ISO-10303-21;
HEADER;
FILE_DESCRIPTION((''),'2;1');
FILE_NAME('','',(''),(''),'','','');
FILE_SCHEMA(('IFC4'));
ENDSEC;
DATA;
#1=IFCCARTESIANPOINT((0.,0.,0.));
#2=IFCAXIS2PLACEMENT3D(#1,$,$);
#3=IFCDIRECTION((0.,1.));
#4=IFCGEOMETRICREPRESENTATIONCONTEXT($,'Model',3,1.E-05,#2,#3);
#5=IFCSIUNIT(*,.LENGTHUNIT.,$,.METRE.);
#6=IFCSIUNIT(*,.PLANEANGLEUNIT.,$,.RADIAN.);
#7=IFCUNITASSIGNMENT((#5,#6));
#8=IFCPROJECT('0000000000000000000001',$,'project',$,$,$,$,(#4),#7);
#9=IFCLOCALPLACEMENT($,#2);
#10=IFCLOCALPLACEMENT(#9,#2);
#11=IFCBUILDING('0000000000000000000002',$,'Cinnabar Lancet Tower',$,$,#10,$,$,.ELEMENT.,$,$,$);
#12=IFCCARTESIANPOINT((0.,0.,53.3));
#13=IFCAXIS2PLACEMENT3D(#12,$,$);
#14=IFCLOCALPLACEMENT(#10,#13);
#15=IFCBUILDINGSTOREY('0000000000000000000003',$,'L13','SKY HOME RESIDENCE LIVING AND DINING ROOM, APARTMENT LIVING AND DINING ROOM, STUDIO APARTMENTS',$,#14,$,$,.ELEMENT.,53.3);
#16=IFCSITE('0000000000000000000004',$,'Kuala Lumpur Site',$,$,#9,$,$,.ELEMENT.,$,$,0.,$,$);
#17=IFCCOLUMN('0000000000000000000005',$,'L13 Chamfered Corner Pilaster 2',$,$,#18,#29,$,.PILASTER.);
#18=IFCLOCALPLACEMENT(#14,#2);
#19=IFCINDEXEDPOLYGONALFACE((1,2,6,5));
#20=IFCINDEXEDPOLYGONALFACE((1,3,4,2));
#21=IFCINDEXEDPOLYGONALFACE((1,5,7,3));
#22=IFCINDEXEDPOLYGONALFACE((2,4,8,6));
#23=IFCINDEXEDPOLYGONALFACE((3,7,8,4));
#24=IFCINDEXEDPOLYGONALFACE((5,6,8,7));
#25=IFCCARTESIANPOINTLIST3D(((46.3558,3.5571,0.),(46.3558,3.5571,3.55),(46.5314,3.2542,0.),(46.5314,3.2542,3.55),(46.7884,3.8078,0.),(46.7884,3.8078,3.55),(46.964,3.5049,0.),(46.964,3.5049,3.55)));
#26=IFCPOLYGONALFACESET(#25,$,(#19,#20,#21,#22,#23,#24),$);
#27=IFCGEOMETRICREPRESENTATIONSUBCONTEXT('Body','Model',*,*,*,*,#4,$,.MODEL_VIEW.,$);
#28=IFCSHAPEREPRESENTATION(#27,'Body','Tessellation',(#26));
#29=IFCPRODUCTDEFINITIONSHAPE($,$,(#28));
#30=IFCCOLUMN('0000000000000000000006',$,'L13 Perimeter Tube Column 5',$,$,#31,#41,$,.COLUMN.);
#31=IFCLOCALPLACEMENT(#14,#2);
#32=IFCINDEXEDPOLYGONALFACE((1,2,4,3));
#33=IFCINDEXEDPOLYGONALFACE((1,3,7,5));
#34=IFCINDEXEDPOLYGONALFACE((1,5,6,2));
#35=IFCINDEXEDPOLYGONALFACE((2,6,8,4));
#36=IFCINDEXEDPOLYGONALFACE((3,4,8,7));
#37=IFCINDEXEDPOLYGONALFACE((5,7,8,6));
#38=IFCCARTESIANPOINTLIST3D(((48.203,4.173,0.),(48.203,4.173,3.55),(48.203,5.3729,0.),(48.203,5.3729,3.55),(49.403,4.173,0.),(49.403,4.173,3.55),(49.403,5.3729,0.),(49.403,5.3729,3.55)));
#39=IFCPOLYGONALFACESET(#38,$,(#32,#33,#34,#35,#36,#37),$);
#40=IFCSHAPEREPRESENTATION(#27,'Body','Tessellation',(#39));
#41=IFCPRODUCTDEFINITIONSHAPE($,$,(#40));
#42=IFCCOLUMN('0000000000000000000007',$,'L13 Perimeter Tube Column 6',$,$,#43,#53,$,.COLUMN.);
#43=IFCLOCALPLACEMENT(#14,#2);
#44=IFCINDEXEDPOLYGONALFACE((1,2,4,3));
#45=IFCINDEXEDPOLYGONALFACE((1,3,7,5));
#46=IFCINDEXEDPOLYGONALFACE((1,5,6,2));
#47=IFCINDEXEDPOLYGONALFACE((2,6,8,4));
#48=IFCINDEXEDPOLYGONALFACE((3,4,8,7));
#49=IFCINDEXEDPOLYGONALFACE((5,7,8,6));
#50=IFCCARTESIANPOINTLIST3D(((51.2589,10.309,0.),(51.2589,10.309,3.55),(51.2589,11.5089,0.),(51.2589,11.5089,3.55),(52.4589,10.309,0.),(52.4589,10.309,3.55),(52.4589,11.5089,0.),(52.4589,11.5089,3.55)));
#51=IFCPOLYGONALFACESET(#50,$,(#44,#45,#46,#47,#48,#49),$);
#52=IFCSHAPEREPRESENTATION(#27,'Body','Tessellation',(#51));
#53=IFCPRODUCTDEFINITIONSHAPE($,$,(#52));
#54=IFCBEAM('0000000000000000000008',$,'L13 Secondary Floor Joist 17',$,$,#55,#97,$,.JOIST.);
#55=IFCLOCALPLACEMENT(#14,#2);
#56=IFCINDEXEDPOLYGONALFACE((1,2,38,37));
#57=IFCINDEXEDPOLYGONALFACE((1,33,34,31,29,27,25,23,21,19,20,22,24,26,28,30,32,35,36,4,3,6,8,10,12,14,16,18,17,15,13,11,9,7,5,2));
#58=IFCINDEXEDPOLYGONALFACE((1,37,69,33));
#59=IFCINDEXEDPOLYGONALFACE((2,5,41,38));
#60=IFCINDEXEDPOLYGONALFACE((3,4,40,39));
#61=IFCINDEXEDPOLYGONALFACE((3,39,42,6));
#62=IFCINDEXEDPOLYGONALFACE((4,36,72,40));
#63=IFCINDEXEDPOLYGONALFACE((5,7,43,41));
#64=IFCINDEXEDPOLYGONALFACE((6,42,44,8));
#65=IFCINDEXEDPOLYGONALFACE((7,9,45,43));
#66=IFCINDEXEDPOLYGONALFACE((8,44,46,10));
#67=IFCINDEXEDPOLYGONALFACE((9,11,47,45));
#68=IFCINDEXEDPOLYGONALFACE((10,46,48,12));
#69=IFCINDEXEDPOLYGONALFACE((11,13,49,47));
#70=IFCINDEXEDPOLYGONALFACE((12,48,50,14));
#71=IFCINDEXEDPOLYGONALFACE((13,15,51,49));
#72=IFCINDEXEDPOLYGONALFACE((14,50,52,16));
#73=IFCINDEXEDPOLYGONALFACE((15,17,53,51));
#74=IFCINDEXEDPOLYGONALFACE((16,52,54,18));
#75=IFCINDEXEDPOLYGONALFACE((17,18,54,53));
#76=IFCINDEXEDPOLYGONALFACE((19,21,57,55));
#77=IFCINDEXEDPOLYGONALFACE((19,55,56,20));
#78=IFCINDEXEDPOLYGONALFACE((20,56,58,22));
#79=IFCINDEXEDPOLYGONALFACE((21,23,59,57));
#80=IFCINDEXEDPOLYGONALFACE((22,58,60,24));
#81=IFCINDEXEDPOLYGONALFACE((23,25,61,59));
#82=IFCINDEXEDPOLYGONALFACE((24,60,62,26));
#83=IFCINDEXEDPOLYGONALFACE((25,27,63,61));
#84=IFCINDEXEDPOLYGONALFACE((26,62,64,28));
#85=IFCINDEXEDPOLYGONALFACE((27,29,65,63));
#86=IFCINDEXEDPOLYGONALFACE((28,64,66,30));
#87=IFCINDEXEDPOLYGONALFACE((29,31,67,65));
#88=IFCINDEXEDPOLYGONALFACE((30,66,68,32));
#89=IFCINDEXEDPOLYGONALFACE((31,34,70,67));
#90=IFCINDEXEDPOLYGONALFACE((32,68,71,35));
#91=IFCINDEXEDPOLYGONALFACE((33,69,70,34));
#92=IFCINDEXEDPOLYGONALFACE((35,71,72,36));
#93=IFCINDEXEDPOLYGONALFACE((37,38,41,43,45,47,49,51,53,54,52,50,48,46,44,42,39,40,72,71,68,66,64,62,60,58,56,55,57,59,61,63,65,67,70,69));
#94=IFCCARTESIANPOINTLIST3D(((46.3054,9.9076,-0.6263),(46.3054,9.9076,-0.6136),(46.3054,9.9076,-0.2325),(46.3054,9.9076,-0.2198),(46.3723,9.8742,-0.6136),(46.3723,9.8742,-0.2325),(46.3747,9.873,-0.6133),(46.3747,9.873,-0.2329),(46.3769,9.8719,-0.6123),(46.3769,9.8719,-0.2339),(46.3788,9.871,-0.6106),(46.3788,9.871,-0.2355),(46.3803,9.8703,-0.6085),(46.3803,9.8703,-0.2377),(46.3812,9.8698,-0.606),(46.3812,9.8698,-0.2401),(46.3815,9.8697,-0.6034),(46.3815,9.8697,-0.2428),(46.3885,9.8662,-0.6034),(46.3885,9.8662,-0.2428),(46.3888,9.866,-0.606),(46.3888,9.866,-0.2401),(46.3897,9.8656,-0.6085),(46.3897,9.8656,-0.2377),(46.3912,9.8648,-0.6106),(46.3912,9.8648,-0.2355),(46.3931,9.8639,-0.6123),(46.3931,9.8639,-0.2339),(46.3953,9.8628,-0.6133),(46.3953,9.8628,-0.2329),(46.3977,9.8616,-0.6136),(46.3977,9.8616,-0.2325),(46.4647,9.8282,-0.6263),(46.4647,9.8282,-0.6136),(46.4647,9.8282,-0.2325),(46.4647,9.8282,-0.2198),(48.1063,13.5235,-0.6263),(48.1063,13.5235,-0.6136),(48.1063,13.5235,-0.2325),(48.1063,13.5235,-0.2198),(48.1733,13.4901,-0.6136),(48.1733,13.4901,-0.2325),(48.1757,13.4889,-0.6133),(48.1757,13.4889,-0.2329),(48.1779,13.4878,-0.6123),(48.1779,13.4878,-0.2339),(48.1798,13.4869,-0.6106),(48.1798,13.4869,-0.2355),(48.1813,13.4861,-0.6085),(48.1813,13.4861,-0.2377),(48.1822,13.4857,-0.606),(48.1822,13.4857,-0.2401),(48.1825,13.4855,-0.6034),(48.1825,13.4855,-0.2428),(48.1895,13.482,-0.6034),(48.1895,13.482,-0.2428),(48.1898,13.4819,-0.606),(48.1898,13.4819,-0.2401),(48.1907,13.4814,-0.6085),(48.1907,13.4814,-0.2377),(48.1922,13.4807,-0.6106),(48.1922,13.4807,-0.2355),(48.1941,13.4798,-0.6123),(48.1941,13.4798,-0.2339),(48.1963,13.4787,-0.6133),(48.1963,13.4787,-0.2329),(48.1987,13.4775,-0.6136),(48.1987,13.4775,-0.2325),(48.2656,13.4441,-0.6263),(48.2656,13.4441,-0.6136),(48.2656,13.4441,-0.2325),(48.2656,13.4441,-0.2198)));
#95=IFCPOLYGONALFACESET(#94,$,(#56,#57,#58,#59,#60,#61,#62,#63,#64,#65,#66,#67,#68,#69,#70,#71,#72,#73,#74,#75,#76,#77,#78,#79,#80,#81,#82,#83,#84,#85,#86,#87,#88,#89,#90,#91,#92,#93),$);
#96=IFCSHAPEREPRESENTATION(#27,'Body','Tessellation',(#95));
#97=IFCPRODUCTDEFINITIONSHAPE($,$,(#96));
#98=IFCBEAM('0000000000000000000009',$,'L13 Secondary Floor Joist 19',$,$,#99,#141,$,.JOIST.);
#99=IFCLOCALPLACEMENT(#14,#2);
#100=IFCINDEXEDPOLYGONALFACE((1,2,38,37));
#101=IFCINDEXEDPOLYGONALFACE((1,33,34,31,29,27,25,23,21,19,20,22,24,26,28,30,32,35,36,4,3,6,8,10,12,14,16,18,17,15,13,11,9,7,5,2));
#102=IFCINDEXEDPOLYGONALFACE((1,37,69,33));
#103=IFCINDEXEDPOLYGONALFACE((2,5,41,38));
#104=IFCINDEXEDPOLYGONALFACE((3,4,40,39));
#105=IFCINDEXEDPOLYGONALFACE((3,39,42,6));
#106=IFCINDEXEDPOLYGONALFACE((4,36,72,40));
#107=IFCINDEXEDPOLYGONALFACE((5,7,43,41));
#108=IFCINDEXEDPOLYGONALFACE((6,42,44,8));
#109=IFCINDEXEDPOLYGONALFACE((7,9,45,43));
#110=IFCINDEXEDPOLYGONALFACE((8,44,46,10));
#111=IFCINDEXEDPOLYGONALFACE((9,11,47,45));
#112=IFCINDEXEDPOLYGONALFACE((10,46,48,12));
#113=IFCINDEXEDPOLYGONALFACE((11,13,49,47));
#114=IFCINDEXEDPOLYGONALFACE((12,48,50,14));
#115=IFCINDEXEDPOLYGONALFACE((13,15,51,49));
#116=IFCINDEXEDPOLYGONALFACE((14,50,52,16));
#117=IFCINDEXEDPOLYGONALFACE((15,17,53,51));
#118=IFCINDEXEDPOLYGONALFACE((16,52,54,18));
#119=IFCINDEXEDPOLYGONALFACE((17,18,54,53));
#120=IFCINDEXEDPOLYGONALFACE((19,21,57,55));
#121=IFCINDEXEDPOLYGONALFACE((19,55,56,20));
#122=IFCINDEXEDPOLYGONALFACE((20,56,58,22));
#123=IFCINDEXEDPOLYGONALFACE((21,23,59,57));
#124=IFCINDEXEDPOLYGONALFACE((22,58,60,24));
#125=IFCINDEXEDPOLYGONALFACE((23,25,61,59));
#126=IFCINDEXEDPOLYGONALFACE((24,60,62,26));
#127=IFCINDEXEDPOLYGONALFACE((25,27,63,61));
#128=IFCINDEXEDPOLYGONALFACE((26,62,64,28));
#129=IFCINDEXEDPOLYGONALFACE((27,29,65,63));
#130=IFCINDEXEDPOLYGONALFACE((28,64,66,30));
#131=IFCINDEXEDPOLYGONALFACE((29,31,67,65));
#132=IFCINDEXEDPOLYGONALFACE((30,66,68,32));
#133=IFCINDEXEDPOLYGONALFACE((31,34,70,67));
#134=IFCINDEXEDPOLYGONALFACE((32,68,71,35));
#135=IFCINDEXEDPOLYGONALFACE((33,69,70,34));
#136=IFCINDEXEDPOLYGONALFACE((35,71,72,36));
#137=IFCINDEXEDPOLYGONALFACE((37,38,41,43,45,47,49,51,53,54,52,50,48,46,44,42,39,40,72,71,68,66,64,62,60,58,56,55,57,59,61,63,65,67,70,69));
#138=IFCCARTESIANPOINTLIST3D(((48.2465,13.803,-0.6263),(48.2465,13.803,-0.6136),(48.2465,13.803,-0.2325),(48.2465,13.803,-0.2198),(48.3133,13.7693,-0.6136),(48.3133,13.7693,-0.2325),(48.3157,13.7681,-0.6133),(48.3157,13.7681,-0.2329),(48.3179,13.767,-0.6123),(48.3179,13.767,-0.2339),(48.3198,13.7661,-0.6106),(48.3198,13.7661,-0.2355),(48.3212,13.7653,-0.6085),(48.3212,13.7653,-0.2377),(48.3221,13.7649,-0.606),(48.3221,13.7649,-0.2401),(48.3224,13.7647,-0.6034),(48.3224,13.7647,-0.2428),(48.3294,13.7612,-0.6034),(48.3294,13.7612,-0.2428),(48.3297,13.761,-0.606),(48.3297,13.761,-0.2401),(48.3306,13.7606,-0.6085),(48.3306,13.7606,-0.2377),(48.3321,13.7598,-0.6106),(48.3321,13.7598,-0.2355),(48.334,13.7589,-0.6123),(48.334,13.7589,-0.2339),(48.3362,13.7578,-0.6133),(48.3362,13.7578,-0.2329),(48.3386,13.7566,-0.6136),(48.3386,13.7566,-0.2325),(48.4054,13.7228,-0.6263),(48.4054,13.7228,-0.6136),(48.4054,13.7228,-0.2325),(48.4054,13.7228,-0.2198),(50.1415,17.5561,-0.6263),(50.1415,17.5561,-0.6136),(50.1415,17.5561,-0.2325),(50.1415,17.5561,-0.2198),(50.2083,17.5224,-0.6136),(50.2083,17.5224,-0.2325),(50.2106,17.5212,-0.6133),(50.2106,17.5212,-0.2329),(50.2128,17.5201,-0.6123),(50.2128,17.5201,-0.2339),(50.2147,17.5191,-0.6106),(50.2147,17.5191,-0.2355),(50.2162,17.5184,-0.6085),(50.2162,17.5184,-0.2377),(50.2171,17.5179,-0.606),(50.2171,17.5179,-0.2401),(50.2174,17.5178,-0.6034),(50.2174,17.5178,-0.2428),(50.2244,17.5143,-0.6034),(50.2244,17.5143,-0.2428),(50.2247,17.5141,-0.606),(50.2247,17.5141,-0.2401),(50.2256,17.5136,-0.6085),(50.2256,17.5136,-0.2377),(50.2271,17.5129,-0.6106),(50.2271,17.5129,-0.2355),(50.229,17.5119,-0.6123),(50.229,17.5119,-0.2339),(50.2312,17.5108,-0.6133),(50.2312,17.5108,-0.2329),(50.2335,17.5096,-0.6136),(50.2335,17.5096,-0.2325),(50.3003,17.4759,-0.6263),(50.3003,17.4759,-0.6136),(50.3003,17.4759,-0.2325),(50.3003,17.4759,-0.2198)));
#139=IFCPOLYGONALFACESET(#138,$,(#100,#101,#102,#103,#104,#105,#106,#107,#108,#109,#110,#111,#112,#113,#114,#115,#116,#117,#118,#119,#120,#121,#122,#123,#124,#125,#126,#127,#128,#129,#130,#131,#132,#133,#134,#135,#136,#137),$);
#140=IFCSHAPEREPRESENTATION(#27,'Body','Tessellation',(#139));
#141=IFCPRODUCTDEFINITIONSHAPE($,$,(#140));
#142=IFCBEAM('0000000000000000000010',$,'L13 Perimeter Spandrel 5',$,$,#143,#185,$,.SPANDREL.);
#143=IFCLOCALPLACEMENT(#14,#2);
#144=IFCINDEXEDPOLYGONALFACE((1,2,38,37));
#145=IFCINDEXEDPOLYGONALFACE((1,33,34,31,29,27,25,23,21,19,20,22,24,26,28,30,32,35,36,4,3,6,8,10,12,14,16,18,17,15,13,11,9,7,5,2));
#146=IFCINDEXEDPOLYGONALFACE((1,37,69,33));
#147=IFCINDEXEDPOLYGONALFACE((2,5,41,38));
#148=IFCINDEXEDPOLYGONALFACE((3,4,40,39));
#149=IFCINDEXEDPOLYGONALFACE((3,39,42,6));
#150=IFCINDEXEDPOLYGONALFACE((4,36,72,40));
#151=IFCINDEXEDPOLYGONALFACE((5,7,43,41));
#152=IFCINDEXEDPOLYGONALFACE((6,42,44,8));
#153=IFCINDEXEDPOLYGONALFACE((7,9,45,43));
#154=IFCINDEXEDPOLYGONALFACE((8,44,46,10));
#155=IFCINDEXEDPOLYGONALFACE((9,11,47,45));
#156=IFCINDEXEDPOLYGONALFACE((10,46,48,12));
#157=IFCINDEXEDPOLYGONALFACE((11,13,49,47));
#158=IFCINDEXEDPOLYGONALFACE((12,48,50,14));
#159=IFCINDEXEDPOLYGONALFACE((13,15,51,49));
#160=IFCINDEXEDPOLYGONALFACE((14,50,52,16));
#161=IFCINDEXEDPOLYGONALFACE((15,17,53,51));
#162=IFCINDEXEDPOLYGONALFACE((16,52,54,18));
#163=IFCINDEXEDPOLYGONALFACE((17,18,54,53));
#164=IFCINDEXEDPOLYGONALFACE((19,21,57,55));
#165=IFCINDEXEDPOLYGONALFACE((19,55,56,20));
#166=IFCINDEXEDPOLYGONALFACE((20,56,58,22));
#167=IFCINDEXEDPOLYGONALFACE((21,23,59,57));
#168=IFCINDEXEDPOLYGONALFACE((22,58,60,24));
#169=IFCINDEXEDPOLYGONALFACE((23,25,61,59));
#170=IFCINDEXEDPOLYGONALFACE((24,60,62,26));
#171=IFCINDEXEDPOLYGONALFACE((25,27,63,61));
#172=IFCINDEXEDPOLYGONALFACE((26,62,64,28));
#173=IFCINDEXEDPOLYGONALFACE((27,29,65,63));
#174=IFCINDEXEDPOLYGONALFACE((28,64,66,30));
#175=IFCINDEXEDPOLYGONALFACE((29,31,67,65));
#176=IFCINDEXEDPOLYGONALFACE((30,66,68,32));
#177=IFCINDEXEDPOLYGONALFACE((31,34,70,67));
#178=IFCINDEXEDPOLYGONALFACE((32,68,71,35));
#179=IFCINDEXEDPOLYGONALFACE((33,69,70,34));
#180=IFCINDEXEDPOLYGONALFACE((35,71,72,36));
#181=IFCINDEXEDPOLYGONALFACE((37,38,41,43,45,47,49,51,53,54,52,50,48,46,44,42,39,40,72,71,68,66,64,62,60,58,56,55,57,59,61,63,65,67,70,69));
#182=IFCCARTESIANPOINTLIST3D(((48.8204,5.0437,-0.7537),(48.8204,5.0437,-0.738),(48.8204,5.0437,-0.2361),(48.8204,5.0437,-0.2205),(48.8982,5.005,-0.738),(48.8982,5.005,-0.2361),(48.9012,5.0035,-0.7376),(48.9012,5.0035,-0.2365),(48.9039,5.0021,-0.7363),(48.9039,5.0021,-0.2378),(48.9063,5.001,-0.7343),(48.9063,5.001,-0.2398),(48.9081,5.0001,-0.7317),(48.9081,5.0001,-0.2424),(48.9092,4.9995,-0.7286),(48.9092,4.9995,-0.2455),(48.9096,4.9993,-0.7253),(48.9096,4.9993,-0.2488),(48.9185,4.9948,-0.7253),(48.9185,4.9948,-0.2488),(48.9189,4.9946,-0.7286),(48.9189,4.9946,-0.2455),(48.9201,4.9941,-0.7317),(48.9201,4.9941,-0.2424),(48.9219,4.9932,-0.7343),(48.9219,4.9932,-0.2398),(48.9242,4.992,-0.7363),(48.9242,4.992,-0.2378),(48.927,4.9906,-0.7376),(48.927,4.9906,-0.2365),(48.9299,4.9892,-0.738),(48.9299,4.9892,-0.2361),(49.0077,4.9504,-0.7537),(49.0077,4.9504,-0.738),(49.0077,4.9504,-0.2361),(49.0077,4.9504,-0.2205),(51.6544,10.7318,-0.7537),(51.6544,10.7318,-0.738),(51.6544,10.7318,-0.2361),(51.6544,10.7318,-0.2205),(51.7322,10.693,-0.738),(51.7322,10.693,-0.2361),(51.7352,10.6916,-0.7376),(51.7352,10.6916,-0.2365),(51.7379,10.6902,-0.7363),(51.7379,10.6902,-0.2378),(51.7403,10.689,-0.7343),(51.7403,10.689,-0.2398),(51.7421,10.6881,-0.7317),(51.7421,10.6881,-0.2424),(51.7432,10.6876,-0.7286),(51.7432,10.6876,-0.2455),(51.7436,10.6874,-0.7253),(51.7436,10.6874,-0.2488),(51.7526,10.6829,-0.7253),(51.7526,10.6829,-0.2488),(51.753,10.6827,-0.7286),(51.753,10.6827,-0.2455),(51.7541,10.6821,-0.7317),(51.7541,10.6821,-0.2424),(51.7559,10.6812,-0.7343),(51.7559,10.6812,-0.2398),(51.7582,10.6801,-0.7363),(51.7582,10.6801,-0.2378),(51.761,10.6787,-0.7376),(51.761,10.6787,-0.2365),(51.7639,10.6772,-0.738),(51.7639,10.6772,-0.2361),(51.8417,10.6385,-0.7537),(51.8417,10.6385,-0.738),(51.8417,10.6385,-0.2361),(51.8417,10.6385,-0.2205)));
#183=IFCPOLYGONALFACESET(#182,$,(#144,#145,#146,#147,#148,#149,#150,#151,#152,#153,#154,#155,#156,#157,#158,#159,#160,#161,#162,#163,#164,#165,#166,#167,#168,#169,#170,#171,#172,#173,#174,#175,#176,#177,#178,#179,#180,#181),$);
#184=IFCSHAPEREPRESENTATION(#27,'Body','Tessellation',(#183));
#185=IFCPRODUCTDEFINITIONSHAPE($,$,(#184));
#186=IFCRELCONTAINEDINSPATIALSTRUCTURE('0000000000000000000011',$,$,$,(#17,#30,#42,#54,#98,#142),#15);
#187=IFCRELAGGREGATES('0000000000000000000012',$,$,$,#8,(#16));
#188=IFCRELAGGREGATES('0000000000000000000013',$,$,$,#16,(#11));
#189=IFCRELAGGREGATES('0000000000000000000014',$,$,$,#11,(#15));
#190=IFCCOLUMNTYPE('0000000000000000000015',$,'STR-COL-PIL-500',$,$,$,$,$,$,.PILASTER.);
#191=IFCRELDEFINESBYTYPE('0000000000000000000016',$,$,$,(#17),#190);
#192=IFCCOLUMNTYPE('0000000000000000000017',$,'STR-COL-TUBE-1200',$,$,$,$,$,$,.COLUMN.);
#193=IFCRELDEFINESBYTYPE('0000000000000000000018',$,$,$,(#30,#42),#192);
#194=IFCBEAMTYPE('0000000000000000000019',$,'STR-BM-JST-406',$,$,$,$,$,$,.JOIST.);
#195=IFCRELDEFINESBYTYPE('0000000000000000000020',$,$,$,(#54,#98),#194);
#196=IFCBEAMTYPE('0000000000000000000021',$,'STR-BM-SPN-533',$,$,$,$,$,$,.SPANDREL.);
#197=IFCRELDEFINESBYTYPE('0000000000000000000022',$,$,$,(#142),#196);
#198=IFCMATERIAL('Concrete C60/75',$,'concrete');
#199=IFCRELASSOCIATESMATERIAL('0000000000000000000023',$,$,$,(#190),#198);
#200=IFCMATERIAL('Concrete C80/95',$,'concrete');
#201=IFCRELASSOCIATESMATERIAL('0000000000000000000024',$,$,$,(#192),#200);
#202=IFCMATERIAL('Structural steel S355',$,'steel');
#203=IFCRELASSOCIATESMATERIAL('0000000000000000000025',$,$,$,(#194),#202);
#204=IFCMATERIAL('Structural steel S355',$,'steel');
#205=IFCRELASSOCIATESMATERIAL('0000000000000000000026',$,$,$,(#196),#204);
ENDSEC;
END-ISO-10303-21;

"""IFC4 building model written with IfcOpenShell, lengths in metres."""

from ifc_helpers import new_model, si_unit, direction, frame, origin, origin_2d, place, context, subcontext, project, spatial, rectangle, i_section, extrude, material, material_profile, profile_set, type_object, element, save


model = new_model("IFC4")

# Units and contexts
model_context = context("Model", 3, precision=1e-05, world=origin(), true_north=direction((0.0, 1.0)))
body_context = subcontext(model_context, "Body", "Model", "MODEL_VIEW")
ifc_project = project(units=[si_unit("LENGTHUNIT", "METRE"), si_unit("PLANEANGLEUNIT", "RADIAN")], contexts=[model_context])

# Site, building, storey
site_placement = place(None, origin())
site = spatial("IfcSite", under=ifc_project, at=site_placement, Name="Kuala Lumpur Site", CompositionType="ELEMENT", RefElevation=0.0)
building_placement = place(site_placement, origin())
building = spatial("IfcBuilding", under=site, at=building_placement, Name="Cinnabar Lancet Tower", CompositionType="ELEMENT")
storey_placement = place(building_placement, frame((0.0, 0.0, 53.3)))
storey = spatial("IfcBuildingStorey", under=building, at=storey_placement, Name="L13", Description="SKY HOME RESIDENCE LIVING AND DINING ROOM, APARTMENT LIVING AND DINING ROOM, STUDIO APARTMENTS", CompositionType="ELEMENT", Elevation=53.3)

# Columns
ifc_material_1 = material(Name="Concrete C60/75", Category="concrete")
ifc_material_profile_1 = material_profile(ifc_material_1, rectangle(XDim=0.5, YDim=0.3501, at=origin_2d()), Name="RC-PIL 500x350")
ifc_profile_set_1 = profile_set([ifc_material_profile_1], Name="Concrete C60/75")
column_type_1 = type_object("IfcColumnType", Name="STR-COL-PIL-500", PredefinedType="PILASTER", material=ifc_profile_set_1)
column_placement = place(storey_placement, frame((46.6599, 3.531, 0.0), z_axis=(0.0, 0.0, 1.0), x_axis=(0.865195, 0.501435, 0.0)))
element("IfcColumn", 1, at=column_placement, inside=storey, type_object=column_type_1, Name="L13 Chamfered Corner Pilaster 2", PredefinedType="PILASTER", context=body_context, shape_type="SweptSolid", body=[
    extrude(rectangle(XDim=0.5, YDim=0.3501, at=origin_2d()), origin(), (0.0, 0.0, 1.0), 3.55),
])
ifc_material_2 = material(Name="Concrete C80/95", Category="concrete")
ifc_material_profile_2 = material_profile(ifc_material_2, rectangle(XDim=1.2, YDim=1.2, at=origin_2d()), Name="RC-COL 1200x1200")
ifc_profile_set_2 = profile_set([ifc_material_profile_2], Name="Concrete C80/95")
column_type_2 = type_object("IfcColumnType", Name="STR-COL-TUBE-1200", PredefinedType="COLUMN", material=ifc_profile_set_2)
for number, where, z_axis, x_axis, name in (
    (2, (48.803, 4.7729, 0.0), (0.0, 0.0, 1.0), (1.0, 0.0, 0.0), "L13 Perimeter Tube Column 5"),
    (3, (51.8589, 10.9089, 0.0), (0.0, 0.0, 1.0), (1.0, 0.0, 0.0), "L13 Perimeter Tube Column 6"),
):
    element("IfcColumn", number, at=place(storey_placement, frame(where, z_axis=z_axis, x_axis=x_axis)), inside=storey, type_object=column_type_2, Name=name, PredefinedType="COLUMN", context=body_context, shape_type="SweptSolid", body=[
        extrude(rectangle(XDim=1.2, YDim=1.2, at=origin_2d()), origin(), (0.0, 0.0, 1.0), 3.55),
    ])

# Beams
ifc_material_3 = material(Name="Structural steel S355", Category="steel")
ifc_material_profile_3 = material_profile(ifc_material_3, i_section(OverallWidth=0.178, OverallDepth=0.4065, WebThickness=0.0078, FlangeThickness=0.0127, FilletRadius=0.0103, at=origin_2d()), Name="UKB 406x178x60")
ifc_profile_set_3 = profile_set([ifc_material_profile_3], Name="Structural steel S355")
beam_type_1 = type_object("IfcBeamType", Name="STR-BM-JST-406", PredefinedType="JOIST", material=ifc_profile_set_3)
beam_1_placement = place(storey_placement, frame((46.385, 9.8679, -0.4231), z_axis=(0.445835, 0.895115, 0.0), x_axis=(-0.895115, 0.445835, 0.0)))
element("IfcBeam", 4, at=beam_1_placement, inside=storey, type_object=beam_type_1, Name="L13 Secondary Floor Joist 17", PredefinedType="JOIST", context=body_context, shape_type="SweptSolid", body=[
    extrude(i_section(OverallWidth=0.178, OverallDepth=0.4065, WebThickness=0.0078, FlangeThickness=0.0127, FilletRadius=0.0103, at=origin_2d()), origin(), (0.0, 0.0, 1.0), 4.0396),
])
beam_2_placement = place(storey_placement, frame((48.3259, 13.7629, -0.4231), z_axis=(0.450717, 0.892667, 0.0), x_axis=(-0.892667, 0.450717, 0.0)))
element("IfcBeam", 5, at=beam_2_placement, inside=storey, type_object=beam_type_1, Name="L13 Secondary Floor Joist 19", PredefinedType="JOIST", context=body_context, shape_type="SweptSolid", body=[
    extrude(i_section(OverallWidth=0.178, OverallDepth=0.4065, WebThickness=0.0078, FlangeThickness=0.0127, FilletRadius=0.0103, at=origin_2d()), origin(), (0.0, 0.0, 1.0), 4.2043),
])
ifc_material_4 = material(Name="Structural steel S355", Category="steel")
ifc_material_profile_4 = material_profile(ifc_material_4, i_section(OverallWidth=0.2092, OverallDepth=0.5332, WebThickness=0.01, FlangeThickness=0.0156, FilletRadius=0.0127, at=origin_2d()), Name="UKB 533x210x92")
ifc_profile_set_4 = profile_set([ifc_material_profile_4], Name="Structural steel S355")
beam_type_2 = type_object("IfcBeamType", Name="STR-BM-SPN-533", PredefinedType="SPANDREL", material=ifc_profile_set_4)
beam_3_placement = place(storey_placement, frame((48.9141, 4.9971, -0.4871), z_axis=(0.445953, 0.895056, 0.0), x_axis=(-0.895056, 0.445953, 0.0)))
element("IfcBeam", 6, at=beam_3_placement, inside=storey, type_object=beam_type_2, Name="L13 Perimeter Spandrel 5", PredefinedType="SPANDREL", context=body_context, shape_type="SweptSolid", body=[
    extrude(i_section(OverallWidth=0.2092, OverallDepth=0.5332, WebThickness=0.01, FlangeThickness=0.0156, FilletRadius=0.0127, at=origin_2d()), origin(), (0.0, 0.0, 1.0), 6.355),
])

save(model, "model.ifc")
